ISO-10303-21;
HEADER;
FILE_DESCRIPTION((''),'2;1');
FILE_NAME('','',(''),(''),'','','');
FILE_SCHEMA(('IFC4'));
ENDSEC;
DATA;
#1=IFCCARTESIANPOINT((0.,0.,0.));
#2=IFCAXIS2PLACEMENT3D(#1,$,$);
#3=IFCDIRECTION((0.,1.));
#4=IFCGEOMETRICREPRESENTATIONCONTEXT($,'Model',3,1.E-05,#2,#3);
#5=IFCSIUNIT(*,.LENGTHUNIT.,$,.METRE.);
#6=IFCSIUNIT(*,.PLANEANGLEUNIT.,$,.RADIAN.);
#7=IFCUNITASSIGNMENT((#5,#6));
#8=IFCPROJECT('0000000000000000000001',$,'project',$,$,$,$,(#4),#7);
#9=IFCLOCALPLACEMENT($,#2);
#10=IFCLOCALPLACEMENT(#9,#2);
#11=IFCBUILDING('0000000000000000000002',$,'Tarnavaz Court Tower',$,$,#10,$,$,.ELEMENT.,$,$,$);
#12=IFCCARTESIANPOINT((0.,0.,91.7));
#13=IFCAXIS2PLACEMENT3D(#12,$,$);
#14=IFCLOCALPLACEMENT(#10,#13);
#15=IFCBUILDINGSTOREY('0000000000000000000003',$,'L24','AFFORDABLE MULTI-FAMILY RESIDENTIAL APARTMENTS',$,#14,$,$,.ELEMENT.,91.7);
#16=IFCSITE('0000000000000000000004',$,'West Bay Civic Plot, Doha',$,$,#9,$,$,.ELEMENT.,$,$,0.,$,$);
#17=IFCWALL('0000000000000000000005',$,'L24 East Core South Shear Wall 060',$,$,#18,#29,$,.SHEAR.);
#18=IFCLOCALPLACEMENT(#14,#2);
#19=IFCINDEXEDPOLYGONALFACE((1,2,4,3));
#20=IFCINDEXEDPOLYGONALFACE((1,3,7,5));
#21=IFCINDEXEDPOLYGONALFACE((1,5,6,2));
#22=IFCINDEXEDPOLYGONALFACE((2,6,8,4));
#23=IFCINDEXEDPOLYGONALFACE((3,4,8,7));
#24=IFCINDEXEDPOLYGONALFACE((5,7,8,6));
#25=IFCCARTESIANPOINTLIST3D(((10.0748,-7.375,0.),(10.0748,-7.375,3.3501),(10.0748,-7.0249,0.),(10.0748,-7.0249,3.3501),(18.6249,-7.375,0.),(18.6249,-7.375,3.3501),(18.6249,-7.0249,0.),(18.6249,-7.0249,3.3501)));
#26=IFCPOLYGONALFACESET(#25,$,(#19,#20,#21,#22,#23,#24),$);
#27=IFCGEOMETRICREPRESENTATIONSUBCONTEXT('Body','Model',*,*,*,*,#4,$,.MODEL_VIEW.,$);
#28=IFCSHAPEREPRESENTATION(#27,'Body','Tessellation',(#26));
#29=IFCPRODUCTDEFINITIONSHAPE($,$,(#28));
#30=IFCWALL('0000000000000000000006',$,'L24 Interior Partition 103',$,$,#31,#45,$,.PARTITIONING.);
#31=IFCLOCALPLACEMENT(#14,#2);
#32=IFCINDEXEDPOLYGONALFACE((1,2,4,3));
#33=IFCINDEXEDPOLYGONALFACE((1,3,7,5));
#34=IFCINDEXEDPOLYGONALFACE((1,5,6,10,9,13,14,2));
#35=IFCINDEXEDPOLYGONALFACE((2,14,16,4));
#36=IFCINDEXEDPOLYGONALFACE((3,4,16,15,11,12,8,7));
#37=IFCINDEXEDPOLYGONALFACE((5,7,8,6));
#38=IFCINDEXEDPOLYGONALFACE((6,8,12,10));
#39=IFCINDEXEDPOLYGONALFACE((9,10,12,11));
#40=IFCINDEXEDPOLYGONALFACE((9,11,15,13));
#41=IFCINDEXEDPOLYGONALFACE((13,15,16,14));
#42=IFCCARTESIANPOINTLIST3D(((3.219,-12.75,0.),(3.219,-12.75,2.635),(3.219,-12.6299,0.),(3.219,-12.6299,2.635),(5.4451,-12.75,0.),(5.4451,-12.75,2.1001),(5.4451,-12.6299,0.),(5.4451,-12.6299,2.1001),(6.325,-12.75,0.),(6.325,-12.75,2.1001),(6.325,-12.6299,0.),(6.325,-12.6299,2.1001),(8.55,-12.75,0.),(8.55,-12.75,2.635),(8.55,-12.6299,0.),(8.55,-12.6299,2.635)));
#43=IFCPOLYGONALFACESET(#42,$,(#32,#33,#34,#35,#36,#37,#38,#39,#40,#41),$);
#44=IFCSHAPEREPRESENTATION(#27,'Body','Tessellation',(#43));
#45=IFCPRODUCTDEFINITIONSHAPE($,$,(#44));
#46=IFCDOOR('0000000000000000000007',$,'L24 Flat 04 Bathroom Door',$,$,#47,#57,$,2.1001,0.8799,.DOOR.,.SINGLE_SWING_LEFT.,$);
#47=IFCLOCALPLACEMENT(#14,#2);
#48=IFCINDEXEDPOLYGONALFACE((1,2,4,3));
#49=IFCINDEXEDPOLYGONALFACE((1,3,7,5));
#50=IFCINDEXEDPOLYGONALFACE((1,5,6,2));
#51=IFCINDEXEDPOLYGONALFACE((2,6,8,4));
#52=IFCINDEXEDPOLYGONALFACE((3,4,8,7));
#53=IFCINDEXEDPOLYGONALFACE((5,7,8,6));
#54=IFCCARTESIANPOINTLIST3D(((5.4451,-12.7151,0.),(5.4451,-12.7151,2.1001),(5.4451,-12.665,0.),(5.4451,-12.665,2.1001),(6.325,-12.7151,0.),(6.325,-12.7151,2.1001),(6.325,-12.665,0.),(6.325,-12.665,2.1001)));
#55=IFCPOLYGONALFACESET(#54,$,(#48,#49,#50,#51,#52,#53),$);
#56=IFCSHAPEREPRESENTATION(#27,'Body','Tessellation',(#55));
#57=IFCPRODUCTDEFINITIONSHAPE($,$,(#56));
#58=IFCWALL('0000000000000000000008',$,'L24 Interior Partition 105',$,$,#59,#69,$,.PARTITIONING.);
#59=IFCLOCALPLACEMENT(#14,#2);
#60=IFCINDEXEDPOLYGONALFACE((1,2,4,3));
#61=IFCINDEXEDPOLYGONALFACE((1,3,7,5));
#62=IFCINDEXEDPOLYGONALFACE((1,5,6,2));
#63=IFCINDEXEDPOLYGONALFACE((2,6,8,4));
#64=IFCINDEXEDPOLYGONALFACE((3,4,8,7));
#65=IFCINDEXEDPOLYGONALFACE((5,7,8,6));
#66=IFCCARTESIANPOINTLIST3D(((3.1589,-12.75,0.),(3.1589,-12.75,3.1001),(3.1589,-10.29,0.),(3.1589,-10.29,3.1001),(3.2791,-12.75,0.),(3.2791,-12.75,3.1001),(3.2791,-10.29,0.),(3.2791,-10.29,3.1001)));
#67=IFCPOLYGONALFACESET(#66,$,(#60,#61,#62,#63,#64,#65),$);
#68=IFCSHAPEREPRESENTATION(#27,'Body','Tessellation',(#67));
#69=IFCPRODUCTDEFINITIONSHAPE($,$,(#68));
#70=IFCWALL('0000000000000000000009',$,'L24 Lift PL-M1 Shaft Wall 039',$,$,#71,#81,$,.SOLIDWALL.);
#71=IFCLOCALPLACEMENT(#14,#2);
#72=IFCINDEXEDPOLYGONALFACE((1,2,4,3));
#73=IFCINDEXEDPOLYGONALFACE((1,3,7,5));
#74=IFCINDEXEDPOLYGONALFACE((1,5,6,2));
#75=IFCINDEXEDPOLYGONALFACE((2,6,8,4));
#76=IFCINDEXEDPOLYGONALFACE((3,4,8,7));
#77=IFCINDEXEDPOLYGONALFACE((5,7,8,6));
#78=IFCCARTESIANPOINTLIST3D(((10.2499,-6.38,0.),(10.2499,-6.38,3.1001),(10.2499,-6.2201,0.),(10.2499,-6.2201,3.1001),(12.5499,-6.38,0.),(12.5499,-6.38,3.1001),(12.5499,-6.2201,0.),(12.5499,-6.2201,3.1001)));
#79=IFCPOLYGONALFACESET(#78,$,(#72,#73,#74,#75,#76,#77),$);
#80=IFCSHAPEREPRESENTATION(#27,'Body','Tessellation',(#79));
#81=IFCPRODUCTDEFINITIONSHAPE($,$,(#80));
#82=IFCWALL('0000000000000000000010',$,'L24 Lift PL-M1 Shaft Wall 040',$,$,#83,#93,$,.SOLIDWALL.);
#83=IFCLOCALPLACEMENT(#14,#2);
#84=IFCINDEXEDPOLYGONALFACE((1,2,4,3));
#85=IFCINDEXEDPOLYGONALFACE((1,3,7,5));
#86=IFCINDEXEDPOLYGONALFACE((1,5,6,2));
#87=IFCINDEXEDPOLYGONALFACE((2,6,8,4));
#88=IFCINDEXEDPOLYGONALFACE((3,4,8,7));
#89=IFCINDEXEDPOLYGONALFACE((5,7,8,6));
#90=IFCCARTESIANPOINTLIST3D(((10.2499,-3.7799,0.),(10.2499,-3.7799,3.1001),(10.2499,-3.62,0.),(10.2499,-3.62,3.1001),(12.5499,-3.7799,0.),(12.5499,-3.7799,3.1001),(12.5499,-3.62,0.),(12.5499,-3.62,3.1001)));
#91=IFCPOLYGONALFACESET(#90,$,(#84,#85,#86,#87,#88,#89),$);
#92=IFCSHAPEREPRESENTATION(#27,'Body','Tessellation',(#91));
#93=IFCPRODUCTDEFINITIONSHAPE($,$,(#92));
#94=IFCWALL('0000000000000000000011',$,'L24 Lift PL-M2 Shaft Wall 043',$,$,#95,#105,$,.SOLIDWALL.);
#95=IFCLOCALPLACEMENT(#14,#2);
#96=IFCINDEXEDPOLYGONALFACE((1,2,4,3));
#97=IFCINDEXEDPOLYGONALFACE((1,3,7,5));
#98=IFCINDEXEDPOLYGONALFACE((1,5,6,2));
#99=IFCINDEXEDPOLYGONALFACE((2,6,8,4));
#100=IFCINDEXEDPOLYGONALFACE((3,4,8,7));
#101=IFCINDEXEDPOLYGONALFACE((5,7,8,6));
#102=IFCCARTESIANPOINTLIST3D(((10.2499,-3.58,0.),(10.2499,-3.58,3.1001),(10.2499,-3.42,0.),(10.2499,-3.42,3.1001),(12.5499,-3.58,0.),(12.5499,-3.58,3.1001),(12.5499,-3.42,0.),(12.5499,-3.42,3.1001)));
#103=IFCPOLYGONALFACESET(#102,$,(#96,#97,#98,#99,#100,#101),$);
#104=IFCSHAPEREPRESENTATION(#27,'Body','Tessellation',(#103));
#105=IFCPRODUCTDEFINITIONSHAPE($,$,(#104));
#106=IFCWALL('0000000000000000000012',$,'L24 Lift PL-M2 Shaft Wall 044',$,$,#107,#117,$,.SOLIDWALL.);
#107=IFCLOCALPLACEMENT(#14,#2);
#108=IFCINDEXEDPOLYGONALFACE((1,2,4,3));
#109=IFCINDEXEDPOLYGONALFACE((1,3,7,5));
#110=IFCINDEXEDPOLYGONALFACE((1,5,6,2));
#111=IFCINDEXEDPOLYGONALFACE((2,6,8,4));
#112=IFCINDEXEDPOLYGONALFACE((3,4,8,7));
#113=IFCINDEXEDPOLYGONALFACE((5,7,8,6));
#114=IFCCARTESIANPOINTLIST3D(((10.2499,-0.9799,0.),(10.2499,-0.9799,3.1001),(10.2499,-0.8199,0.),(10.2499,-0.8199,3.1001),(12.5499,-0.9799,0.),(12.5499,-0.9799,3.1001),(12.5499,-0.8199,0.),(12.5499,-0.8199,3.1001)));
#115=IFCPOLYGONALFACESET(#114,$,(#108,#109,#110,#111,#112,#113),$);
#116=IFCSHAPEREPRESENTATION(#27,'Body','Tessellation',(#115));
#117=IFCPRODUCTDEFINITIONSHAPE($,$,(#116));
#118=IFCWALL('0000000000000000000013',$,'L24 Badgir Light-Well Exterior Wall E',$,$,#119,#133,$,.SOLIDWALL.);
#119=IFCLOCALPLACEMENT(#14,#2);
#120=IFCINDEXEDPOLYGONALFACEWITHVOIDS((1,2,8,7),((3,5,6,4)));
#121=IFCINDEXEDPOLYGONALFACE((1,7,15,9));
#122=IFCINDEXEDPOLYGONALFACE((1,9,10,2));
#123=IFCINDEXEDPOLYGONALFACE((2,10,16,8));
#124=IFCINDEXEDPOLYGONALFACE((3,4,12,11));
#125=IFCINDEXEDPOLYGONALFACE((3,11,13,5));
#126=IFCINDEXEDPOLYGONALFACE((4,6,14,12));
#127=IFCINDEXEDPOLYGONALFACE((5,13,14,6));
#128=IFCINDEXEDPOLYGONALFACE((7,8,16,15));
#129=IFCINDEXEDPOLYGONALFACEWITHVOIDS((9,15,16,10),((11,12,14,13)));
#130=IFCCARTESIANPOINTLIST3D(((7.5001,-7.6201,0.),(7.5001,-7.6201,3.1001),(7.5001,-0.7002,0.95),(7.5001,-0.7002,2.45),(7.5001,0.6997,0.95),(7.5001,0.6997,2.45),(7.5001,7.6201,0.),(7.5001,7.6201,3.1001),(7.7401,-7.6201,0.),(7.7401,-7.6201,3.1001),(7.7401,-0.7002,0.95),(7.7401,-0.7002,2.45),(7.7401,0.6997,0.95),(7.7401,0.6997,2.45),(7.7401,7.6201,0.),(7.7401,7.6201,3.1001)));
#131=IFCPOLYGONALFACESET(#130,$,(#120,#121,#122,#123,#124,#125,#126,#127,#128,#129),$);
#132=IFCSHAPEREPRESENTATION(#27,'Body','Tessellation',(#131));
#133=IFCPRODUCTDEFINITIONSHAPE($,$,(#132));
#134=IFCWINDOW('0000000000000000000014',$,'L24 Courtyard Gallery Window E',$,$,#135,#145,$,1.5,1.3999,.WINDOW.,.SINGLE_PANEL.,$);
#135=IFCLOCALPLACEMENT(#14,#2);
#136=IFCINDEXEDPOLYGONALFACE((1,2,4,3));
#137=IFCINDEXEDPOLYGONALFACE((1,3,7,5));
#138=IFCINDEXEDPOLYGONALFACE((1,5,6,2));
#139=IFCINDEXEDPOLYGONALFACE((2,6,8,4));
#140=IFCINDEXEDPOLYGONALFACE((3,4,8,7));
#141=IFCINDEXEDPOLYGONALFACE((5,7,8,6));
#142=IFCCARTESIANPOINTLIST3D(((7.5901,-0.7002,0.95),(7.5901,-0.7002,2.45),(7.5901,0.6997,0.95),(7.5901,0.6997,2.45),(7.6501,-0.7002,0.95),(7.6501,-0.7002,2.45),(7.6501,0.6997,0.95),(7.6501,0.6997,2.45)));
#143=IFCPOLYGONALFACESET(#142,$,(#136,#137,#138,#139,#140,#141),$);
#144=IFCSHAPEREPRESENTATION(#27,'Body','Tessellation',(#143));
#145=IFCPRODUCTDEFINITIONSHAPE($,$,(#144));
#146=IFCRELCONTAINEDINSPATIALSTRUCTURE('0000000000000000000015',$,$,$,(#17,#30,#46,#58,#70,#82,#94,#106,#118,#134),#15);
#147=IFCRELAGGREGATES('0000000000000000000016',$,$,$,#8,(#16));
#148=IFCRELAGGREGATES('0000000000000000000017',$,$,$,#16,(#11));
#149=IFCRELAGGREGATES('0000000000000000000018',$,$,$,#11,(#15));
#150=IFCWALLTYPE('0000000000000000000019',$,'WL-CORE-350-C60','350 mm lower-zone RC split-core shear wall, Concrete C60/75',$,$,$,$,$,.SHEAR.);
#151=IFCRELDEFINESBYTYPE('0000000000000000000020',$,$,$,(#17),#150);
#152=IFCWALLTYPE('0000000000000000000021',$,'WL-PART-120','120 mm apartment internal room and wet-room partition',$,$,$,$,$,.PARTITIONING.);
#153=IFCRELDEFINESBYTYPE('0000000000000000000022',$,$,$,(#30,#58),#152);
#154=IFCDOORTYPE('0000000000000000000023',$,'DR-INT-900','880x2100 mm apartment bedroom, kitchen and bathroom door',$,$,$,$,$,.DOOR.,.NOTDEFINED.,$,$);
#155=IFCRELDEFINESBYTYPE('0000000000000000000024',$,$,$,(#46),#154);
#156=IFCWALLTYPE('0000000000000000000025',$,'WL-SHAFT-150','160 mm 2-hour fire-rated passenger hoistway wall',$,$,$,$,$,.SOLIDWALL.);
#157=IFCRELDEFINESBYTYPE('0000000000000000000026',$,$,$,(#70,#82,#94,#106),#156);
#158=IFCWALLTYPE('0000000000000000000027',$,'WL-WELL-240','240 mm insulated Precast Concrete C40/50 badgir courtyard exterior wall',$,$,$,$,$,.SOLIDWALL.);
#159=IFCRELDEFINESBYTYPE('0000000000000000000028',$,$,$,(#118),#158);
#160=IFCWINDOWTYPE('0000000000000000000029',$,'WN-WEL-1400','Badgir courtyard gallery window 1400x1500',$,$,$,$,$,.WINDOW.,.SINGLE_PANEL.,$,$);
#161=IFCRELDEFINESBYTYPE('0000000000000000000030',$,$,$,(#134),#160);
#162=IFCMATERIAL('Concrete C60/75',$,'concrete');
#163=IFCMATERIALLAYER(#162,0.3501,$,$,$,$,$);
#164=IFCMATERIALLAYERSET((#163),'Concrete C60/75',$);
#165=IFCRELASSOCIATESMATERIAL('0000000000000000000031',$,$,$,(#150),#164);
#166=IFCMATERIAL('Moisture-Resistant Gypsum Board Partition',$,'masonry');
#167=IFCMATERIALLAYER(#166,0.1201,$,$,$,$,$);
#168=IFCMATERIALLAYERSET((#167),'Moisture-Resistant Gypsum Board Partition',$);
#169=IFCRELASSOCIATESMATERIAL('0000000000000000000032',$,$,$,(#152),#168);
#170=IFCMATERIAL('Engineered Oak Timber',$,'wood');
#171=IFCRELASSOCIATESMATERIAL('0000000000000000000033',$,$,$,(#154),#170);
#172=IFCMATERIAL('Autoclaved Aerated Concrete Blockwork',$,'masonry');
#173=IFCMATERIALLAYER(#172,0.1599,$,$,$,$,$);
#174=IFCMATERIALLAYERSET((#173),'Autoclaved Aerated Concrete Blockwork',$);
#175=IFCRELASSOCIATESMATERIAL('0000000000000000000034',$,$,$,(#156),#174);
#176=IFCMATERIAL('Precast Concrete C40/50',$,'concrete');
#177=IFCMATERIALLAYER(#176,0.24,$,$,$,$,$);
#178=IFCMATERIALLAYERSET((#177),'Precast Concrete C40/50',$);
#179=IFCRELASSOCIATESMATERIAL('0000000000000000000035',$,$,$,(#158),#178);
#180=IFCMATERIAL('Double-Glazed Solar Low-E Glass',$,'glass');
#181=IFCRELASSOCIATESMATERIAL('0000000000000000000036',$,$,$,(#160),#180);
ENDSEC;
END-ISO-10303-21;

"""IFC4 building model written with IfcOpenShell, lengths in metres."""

from ifc_helpers import new_model, si_unit, direction, frame, frame_2d, origin, place, context, subcontext, project, spatial, rectangle, extrude, material, layer, layer_set, type_object, element, fill, save


model = new_model("IFC4")

# Units and contexts
model_context = context("Model", 3, precision=1e-05, world=origin(), true_north=direction((0.0, 1.0)))
body_context = subcontext(model_context, "Body", "Model", "MODEL_VIEW")
ifc_project = project(units=[si_unit("LENGTHUNIT", "METRE"), si_unit("PLANEANGLEUNIT", "RADIAN")], contexts=[model_context])

# Site, building, storey
site_placement = place(None, origin())
site = spatial("IfcSite", under=ifc_project, at=site_placement, Name="West Bay Civic Plot, Doha", CompositionType="ELEMENT", RefElevation=0.0)
building_placement = place(site_placement, origin())
building = spatial("IfcBuilding", under=site, at=building_placement, Name="Tarnavaz Court Tower", CompositionType="ELEMENT")
storey_placement = place(building_placement, frame((0.0, 0.0, 91.7)))
storey = spatial("IfcBuildingStorey", under=building, at=storey_placement, Name="L24", Description="AFFORDABLE MULTI-FAMILY RESIDENTIAL APARTMENTS", CompositionType="ELEMENT", Elevation=91.7)

# Shared definitions
ifc_material_1 = material(Name="Concrete C60/75", Category="concrete")

# Wall
ifc_layer_1 = layer(ifc_material_1, 0.3501)
ifc_layer_set_1 = layer_set([ifc_layer_1], Name="Concrete C60/75")
wall_type_1 = type_object("IfcWallType", Name="WL-CORE-350-C60", Description="350 mm lower-zone RC split-core shear wall, Concrete C60/75", PredefinedType="SHEAR", material=ifc_layer_set_1)
wall_1_placement = place(storey_placement, frame((10.075, -7.2, 0.0), z_axis=(0.0, 0.0, 1.0), x_axis=(1.0, 0.0, 0.0)))
element("IfcWall", 1, at=wall_1_placement, inside=storey, type_object=wall_type_1, Name="L24 East Core South Shear Wall 060", PredefinedType="SHEAR", context=body_context, shape_type="SweptSolid", body=[
    extrude(rectangle(XDim=8.55, YDim=0.3501, at=frame_2d((4.2749, 0.0))), origin(), (0.0, 0.0, 1.0), 3.3501),
])

# Shared definitions
ifc_material_2 = material(Name="Engineered Oak Timber", Category="wood")

# Wall, opening, door
ifc_material_3 = material(Name="Moisture-Resistant Gypsum Board Partition", Category="masonry")
ifc_layer_2 = layer(ifc_material_3, 0.1201)
ifc_layer_set_2 = layer_set([ifc_layer_2], Name="Moisture-Resistant Gypsum Board Partition")
wall_type_2 = type_object("IfcWallType", Name="WL-PART-120", Description="120 mm apartment internal room and wet-room partition", PredefinedType="PARTITIONING", material=ifc_layer_set_2)
wall_2_placement = place(storey_placement, frame((3.219, -12.6899, 0.0), z_axis=(0.0, 0.0, 1.0), x_axis=(1.0, 0.0, 0.0)))
wall_2 = element("IfcWall", 2, at=wall_2_placement, inside=storey, type_object=wall_type_2, Name="L24 Interior Partition 103", PredefinedType="PARTITIONING", context=body_context, shape_type="SweptSolid", body=[
    extrude(rectangle(XDim=5.3311, YDim=0.1201, at=frame_2d((2.6655, 0.0))), origin(), (0.0, 0.0, 1.0), 2.635),
])
opening_1_placement = place(wall_2_placement, frame((2.2261, 0.0, 0.0)))
opening_1 = element("IfcOpeningElement", 3, at=opening_1_placement, cuts=wall_2, PredefinedType="OPENING", context=body_context, shape_type="SweptSolid", body=[
    extrude(rectangle(XDim=0.8799, YDim=2.1001, at=frame_2d((0.4399, 1.05))), frame((0.0, 0.0701, 0.0), z_axis=(0.0, -1.0, 0.0), x_axis=(1.0, 0.0, 0.0)), (0.0, 0.0, 1.0), 0.1401),
])
door_type_1 = type_object("IfcDoorType", Name="DR-INT-900", Description="880x2100 mm apartment bedroom, kitchen and bathroom door", OperationType="NOTDEFINED", PredefinedType="DOOR", material=ifc_material_2)
door_1_placement = place(opening_1_placement, origin())
door_1 = element("IfcDoor", 4, at=door_1_placement, inside=storey, type_object=door_type_1, Name="L24 Flat 04 Bathroom Door", OperationType="SINGLE_SWING_LEFT", OverallHeight=2.1001, OverallWidth=0.8799, PredefinedType="DOOR", context=body_context, shape_type="SweptSolid", body=[
    extrude(rectangle(XDim=0.8799, YDim=2.1001, at=frame_2d((0.4399, 1.05))), frame((0.0, 0.0249, 0.0), z_axis=(0.0, -1.0, 0.0), x_axis=(1.0, 0.0, 0.0)), (0.0, 0.0, 1.0), 0.05),
])
fill(opening_1, door_1)

# Wall
wall_3_placement = place(storey_placement, frame((3.219, -12.75, 0.0), z_axis=(0.0, 0.0, 1.0), x_axis=(0.0, 1.0, 0.0)))
element("IfcWall", 5, at=wall_3_placement, inside=storey, type_object=wall_type_2, Name="L24 Interior Partition 105", PredefinedType="PARTITIONING", context=body_context, shape_type="SweptSolid", body=[
    extrude(rectangle(XDim=2.46, YDim=0.1201, at=frame_2d((1.23, 0.0))), origin(), (0.0, 0.0, 1.0), 3.1001),
])

# Shared definitions
ifc_material_4 = material(Name="Autoclaved Aerated Concrete Blockwork", Category="masonry")
ifc_layer_3 = layer(ifc_material_4, 0.1599)
ifc_layer_set_3 = layer_set([ifc_layer_3], Name="Autoclaved Aerated Concrete Blockwork")
wall_type_3 = type_object("IfcWallType", Name="WL-SHAFT-150", Description="160 mm 2-hour fire-rated passenger hoistway wall", PredefinedType="SOLIDWALL", material=ifc_layer_set_3)

# Walls
for number, where, z_axis, x_axis, name in (
    (6, (10.25, -6.3, 0.0), (0.0, 0.0, 1.0), (1.0, 0.0, 0.0), "L24 Lift PL-M1 Shaft Wall 039"),
    (7, (10.25, -3.7, 0.0), (0.0, 0.0, 1.0), (1.0, 0.0, 0.0), "L24 Lift PL-M1 Shaft Wall 040"),
):
    element("IfcWall", number, at=place(storey_placement, frame(where, z_axis=z_axis, x_axis=x_axis)), inside=storey, type_object=wall_type_3, Name=name, PredefinedType="SOLIDWALL", context=body_context, shape_type="SweptSolid", body=[
        extrude(rectangle(XDim=2.3, YDim=0.1599, at=frame_2d((1.1499, 0.0))), origin(), (0.0, 0.0, 1.0), 3.1001),
    ])

# Walls
for number, where, z_axis, x_axis, name in (
    (8, (10.25, -3.5, 0.0), (0.0, 0.0, 1.0), (1.0, 0.0, 0.0), "L24 Lift PL-M2 Shaft Wall 043"),
    (9, (10.25, -0.8999, 0.0), (0.0, 0.0, 1.0), (1.0, 0.0, 0.0), "L24 Lift PL-M2 Shaft Wall 044"),
):
    element("IfcWall", number, at=place(storey_placement, frame(where, z_axis=z_axis, x_axis=x_axis)), inside=storey, type_object=wall_type_3, Name=name, PredefinedType="SOLIDWALL", context=body_context, shape_type="SweptSolid", body=[
        extrude(rectangle(XDim=2.3, YDim=0.1599, at=frame_2d((1.1499, 0.0))), origin(), (0.0, 0.0, 1.0), 3.1001),
    ])

# Wall, opening, window
ifc_material_5 = material(Name="Precast Concrete C40/50", Category="concrete")
ifc_layer_4 = layer(ifc_material_5, 0.24)
ifc_layer_set_4 = layer_set([ifc_layer_4], Name="Precast Concrete C40/50")
wall_type_4 = type_object("IfcWallType", Name="WL-WELL-240", Description="240 mm insulated Precast Concrete C40/50 badgir courtyard exterior wall", PredefinedType="SOLIDWALL", material=ifc_layer_set_4)
wall_4_placement = place(storey_placement, frame((7.6201, -7.6201, 0.0), z_axis=(0.0, 0.0, 1.0), x_axis=(0.0, 1.0, 0.0)))
wall_4 = element("IfcWall", 10, at=wall_4_placement, inside=storey, type_object=wall_type_4, Name="L24 Badgir Light-Well Exterior Wall E", PredefinedType="SOLIDWALL", context=body_context, shape_type="SweptSolid", body=[
    extrude(rectangle(XDim=15.2402, YDim=0.24, at=frame_2d((7.6201, 0.0))), origin(), (0.0, 0.0, 1.0), 3.1001),
])
opening_2_placement = place(wall_4_placement, frame((6.9199, 0.0, 0.95)))
opening_2 = element("IfcOpeningElement", 11, at=opening_2_placement, cuts=wall_4, PredefinedType="OPENING", context=body_context, shape_type="SweptSolid", body=[
    extrude(rectangle(XDim=1.3999, YDim=1.5, at=frame_2d((0.7, 0.75))), frame((0.0, 0.1299, 0.0), z_axis=(0.0, -1.0, 0.0), x_axis=(1.0, 0.0, 0.0)), (0.0, 0.0, 1.0), 0.26),
])
ifc_material_6 = material(Name="Double-Glazed Solar Low-E Glass", Category="glass")
window_type = type_object("IfcWindowType", Name="WN-WEL-1400", Description="Badgir courtyard gallery window 1400x1500", PartitioningType="SINGLE_PANEL", PredefinedType="WINDOW", material=ifc_material_6)
window_placement = place(opening_2_placement, origin())
window = element("IfcWindow", 12, at=window_placement, inside=storey, type_object=window_type, Name="L24 Courtyard Gallery Window E", OverallHeight=1.5, OverallWidth=1.3999, PartitioningType="SINGLE_PANEL", PredefinedType="WINDOW", context=body_context, shape_type="SweptSolid", body=[
    extrude(rectangle(XDim=1.3999, YDim=1.5, at=frame_2d((0.7, 0.75))), frame((0.0, 0.03, 0.0), z_axis=(0.0, -1.0, 0.0), x_axis=(1.0, 0.0, 0.0)), (0.0, 0.0, 1.0), 0.0601),
])
fill(opening_2, window)

save(model, "model.ifc")
